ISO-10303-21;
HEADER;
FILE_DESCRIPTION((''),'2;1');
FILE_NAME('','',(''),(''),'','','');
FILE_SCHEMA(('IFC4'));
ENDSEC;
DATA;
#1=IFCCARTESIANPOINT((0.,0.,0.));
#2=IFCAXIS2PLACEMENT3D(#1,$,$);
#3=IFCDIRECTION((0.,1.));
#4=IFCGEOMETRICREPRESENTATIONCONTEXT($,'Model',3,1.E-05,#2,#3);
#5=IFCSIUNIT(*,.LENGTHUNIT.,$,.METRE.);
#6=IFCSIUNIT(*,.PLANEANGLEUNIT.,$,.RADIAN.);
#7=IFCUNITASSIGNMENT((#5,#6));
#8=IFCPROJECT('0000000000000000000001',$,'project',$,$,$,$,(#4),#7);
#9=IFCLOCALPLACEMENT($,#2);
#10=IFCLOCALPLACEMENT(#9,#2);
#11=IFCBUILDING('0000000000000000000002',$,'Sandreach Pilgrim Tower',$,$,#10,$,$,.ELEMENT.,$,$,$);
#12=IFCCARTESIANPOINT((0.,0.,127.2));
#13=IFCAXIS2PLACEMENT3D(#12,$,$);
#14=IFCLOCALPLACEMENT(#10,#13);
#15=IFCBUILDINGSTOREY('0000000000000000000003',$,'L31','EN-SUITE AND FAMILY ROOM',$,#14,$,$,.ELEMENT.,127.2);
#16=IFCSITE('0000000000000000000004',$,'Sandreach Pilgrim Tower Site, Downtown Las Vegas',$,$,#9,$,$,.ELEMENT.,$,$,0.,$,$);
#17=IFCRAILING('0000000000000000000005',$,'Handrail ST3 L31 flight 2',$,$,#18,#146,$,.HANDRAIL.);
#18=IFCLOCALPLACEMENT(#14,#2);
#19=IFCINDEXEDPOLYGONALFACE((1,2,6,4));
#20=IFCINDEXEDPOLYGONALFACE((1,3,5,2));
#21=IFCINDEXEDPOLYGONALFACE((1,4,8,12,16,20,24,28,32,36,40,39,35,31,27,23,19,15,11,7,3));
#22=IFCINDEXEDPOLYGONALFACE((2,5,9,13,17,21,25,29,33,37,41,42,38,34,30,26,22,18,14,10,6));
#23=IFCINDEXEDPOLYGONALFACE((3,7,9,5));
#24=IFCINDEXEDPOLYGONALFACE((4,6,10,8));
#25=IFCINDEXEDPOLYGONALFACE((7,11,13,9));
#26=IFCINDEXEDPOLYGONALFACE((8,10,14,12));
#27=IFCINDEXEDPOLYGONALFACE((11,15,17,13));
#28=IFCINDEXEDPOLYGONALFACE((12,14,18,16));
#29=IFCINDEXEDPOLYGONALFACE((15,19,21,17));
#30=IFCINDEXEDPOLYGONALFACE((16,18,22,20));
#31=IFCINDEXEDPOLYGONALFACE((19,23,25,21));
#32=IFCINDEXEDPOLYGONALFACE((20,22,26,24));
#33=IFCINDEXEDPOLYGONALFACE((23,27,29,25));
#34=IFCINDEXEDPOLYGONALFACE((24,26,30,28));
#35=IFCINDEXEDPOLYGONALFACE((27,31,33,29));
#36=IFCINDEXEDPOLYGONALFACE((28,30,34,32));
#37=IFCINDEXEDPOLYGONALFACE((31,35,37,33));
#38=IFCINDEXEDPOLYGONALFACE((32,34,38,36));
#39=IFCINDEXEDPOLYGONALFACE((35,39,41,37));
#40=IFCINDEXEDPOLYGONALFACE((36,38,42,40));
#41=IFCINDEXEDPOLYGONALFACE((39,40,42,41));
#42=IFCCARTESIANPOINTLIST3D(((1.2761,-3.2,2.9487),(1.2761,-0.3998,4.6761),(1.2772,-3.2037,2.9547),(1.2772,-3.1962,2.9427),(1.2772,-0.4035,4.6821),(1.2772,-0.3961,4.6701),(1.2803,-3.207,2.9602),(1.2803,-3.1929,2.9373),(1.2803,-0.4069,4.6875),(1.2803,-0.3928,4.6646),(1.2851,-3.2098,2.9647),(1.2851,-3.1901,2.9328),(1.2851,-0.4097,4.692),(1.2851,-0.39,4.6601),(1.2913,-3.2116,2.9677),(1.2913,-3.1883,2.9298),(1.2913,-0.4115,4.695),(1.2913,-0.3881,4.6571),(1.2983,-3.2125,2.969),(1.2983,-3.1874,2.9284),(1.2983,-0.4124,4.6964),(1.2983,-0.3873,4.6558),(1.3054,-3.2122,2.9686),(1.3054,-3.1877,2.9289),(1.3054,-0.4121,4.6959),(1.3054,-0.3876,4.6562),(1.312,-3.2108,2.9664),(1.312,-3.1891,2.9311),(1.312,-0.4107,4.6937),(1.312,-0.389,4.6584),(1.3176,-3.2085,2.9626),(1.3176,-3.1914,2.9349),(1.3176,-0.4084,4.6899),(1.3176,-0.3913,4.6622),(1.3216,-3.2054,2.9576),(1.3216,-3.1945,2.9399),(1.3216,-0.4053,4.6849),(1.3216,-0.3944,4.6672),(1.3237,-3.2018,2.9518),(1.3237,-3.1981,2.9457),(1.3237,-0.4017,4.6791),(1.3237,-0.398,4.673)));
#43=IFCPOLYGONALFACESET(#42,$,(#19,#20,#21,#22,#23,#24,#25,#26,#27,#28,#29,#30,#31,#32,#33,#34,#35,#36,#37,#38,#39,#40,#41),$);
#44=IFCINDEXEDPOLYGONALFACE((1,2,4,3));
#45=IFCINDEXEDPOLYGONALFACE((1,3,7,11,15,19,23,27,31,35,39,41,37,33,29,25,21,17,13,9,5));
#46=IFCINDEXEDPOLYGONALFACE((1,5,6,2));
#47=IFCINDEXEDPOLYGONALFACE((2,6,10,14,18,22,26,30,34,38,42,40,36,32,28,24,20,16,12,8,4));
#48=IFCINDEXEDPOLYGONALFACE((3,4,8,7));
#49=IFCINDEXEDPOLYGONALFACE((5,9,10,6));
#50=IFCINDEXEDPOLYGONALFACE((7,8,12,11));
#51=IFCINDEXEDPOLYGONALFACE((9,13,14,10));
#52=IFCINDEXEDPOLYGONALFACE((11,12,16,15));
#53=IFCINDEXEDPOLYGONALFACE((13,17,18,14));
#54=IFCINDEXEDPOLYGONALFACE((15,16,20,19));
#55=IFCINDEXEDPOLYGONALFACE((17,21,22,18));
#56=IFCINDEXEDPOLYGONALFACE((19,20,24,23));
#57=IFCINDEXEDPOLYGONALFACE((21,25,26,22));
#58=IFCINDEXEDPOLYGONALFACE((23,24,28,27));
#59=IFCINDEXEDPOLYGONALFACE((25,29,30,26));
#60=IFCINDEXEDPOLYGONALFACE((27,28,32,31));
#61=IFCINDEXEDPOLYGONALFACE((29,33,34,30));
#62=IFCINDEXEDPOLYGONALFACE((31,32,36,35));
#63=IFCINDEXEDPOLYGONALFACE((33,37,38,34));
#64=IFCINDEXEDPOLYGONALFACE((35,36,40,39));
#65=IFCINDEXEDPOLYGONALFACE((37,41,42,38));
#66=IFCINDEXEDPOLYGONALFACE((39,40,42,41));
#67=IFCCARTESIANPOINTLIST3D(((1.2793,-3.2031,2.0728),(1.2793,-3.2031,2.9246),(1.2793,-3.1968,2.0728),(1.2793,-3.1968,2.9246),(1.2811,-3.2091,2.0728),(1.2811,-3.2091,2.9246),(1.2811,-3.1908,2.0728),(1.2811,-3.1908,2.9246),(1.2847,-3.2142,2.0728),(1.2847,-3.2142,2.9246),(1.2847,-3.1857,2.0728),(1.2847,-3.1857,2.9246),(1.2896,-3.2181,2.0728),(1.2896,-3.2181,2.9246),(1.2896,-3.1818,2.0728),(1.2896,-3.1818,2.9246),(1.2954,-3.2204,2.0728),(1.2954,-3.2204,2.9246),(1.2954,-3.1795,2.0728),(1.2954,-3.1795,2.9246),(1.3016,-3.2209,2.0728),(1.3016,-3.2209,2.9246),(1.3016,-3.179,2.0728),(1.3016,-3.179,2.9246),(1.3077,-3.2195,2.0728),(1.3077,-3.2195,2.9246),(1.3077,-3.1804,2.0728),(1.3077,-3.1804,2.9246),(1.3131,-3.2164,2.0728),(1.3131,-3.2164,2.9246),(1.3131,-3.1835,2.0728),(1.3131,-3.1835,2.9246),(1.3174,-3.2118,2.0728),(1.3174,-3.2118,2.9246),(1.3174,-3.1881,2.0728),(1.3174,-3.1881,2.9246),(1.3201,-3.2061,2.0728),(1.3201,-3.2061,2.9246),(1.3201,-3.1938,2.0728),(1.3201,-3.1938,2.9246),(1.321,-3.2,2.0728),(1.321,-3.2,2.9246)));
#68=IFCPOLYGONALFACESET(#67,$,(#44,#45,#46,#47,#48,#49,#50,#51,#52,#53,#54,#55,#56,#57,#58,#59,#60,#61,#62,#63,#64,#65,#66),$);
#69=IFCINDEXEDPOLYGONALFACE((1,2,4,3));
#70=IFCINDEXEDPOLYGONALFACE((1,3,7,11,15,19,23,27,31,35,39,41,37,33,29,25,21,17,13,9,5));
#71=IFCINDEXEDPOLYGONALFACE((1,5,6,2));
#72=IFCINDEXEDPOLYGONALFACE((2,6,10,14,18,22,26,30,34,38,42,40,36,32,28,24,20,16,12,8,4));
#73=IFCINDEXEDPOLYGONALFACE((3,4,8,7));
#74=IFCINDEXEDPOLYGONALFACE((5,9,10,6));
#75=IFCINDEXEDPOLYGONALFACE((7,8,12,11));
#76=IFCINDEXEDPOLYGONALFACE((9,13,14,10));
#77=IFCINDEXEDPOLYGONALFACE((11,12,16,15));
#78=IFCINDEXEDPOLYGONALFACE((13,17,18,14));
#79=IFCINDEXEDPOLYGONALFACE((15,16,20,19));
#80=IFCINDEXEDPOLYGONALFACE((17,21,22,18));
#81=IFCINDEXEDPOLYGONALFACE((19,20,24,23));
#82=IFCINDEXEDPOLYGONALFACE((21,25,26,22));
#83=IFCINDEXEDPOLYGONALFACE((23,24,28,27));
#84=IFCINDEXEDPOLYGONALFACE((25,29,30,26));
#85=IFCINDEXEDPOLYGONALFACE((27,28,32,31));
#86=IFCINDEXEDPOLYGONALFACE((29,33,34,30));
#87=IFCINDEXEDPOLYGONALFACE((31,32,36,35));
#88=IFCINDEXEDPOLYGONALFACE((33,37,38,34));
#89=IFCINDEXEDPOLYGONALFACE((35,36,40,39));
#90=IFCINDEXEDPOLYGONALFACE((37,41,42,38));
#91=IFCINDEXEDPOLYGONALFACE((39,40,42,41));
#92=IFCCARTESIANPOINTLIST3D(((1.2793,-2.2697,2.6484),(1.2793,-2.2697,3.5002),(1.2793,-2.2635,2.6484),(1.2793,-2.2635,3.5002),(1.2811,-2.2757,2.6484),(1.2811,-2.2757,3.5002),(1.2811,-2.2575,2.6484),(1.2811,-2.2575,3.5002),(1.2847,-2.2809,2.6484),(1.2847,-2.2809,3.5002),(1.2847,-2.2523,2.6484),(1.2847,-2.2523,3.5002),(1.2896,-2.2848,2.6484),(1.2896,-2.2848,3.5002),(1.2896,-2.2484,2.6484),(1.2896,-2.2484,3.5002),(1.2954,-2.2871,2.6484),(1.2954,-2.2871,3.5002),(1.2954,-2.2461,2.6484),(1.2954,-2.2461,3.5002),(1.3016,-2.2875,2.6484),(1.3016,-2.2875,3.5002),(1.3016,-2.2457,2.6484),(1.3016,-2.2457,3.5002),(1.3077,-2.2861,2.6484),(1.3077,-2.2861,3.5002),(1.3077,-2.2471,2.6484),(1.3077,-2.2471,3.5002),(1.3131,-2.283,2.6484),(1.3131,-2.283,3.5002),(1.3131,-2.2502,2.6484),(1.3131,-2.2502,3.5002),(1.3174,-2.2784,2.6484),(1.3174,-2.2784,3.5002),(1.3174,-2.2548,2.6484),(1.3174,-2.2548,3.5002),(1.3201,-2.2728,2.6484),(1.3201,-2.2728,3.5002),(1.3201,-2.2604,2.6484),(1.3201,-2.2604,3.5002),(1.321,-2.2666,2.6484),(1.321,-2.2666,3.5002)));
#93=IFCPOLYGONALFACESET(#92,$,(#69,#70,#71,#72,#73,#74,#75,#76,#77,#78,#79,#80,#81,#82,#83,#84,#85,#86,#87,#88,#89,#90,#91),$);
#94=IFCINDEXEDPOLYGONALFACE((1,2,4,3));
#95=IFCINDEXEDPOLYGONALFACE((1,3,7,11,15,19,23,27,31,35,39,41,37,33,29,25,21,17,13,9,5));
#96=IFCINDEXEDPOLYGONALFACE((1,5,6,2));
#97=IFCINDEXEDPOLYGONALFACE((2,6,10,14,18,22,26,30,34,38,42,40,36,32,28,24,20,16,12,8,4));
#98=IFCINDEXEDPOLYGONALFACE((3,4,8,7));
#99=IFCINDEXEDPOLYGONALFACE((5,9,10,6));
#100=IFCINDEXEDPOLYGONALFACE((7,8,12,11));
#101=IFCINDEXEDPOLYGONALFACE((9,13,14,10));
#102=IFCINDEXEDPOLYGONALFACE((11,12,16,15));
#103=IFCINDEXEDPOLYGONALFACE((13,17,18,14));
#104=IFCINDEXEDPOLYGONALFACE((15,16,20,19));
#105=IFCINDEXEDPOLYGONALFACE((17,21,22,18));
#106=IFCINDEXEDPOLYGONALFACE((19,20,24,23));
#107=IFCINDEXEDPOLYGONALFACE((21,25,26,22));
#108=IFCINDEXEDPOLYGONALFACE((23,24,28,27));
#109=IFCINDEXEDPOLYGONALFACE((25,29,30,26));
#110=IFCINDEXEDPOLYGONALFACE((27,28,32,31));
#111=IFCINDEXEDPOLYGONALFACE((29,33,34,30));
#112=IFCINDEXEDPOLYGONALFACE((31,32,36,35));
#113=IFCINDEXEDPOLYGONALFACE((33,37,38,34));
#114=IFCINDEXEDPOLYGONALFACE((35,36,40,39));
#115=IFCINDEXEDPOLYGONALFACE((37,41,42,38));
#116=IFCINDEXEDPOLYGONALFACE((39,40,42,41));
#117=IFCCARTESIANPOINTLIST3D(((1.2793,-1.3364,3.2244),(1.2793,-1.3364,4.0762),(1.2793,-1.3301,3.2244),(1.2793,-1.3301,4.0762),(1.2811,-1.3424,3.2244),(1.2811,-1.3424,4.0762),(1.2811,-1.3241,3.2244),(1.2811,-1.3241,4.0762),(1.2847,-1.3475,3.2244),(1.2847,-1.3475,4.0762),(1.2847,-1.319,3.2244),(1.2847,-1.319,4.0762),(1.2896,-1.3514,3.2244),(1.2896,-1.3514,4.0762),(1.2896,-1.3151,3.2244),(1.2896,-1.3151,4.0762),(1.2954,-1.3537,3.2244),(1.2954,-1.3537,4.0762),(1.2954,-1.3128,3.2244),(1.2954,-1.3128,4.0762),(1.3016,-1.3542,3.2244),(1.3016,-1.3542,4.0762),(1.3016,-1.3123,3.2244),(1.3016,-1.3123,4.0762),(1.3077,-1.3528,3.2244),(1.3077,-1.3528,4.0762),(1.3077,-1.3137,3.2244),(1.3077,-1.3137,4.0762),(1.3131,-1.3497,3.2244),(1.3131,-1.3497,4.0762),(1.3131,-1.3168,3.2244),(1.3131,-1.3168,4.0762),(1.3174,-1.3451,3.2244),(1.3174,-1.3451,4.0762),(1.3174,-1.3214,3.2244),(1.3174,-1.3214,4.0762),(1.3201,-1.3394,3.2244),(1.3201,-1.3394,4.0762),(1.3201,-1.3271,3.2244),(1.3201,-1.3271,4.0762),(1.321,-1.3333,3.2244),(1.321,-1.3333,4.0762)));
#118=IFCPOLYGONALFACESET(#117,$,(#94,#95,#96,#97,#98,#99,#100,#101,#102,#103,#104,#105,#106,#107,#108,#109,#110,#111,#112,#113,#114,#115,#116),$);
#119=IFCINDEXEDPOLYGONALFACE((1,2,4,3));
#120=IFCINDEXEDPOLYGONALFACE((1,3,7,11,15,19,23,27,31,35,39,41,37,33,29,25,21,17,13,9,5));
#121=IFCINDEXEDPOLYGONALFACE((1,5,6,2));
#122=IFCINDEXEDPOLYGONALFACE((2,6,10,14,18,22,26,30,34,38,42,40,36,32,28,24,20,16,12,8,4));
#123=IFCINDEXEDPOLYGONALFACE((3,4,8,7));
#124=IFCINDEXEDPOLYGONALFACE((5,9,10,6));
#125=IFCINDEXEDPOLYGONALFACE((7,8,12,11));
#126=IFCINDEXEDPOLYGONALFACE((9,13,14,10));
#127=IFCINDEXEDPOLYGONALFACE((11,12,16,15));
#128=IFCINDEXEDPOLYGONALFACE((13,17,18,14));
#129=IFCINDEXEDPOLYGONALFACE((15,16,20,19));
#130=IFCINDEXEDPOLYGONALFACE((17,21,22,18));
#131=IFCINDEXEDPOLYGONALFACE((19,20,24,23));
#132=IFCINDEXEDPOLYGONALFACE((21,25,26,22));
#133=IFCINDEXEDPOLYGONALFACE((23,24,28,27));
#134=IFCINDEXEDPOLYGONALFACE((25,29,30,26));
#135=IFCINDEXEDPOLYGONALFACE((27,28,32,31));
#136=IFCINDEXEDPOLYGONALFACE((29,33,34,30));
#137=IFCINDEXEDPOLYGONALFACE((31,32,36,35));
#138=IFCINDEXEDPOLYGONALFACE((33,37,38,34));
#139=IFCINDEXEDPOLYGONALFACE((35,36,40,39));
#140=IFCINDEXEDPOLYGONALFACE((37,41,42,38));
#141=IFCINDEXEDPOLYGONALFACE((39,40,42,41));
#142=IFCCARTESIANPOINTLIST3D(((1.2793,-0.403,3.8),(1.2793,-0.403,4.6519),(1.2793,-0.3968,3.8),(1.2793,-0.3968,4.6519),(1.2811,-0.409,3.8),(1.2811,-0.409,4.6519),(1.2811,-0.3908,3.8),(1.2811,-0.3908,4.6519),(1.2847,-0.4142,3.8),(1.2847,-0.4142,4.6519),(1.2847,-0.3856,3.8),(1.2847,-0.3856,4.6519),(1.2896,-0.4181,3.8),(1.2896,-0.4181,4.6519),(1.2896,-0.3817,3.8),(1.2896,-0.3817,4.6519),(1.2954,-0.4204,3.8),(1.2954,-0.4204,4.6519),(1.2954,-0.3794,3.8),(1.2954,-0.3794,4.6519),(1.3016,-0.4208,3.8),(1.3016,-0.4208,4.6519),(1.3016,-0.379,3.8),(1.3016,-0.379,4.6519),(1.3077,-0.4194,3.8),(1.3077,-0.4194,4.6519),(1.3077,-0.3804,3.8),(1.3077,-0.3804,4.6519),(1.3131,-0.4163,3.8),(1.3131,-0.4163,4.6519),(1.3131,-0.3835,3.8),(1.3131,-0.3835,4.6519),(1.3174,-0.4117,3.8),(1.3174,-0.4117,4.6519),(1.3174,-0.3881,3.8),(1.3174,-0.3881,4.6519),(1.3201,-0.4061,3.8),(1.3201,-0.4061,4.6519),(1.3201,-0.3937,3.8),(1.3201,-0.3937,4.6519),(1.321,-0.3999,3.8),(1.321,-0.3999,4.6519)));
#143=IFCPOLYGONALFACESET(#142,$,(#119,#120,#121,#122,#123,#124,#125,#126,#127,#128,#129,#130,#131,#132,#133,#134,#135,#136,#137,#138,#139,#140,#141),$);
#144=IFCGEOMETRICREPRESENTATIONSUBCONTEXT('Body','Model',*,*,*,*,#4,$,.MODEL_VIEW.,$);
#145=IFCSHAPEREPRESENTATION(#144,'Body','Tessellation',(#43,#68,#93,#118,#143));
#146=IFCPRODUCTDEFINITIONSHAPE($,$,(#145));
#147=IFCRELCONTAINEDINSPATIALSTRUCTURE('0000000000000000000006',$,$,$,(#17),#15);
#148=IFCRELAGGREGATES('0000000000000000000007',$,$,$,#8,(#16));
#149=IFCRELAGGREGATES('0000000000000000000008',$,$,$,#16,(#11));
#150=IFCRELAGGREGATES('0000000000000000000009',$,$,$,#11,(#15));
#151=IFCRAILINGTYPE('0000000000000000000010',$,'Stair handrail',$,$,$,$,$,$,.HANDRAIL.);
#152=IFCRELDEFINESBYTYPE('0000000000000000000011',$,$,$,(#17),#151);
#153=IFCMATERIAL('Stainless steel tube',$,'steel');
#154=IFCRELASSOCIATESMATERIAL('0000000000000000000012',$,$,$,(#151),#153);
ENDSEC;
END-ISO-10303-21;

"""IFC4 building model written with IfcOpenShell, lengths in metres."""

from ifc_helpers import new_model, si_unit, direction, frame, origin, origin_2d, place, context, subcontext, project, spatial, circle, extrude, material, type_object, element, save


model = new_model("IFC4")

# Units and contexts
model_context = context("Model", 3, precision=1e-05, world=origin(), true_north=direction((0.0, 1.0)))
body_context = subcontext(model_context, "Body", "Model", "MODEL_VIEW")
ifc_project = project(units=[si_unit("LENGTHUNIT", "METRE"), si_unit("PLANEANGLEUNIT", "RADIAN")], contexts=[model_context])

# Site, building, storey
site_placement = place(None, origin())
site = spatial("IfcSite", under=ifc_project, at=site_placement, Name="Sandreach Pilgrim Tower Site, Downtown Las Vegas", CompositionType="ELEMENT", RefElevation=0.0)
building_placement = place(site_placement, origin())
building = spatial("IfcBuilding", under=site, at=building_placement, Name="Sandreach Pilgrim Tower", CompositionType="ELEMENT")
storey_placement = place(building_placement, frame((0.0, 0.0, 127.2)))
storey = spatial("IfcBuildingStorey", under=building, at=storey_placement, Name="L31", Description="EN-SUITE AND FAMILY ROOM", CompositionType="ELEMENT", Elevation=127.2)

# Railing
ifc_material_1 = material(Name="Stainless steel tube", Category="steel")
railing_type = type_object("IfcRailingType", Name="Stair handrail", PredefinedType="HANDRAIL", material=ifc_material_1)
for number, where, name in (
    (1, (1.3, -3.2, 2.0728), "Handrail ST3 L31 flight 2"),
):
    element("IfcRailing", number, at=place(storey_placement, frame(where)), inside=storey, type_object=railing_type, Name=name, PredefinedType="HANDRAIL", context=body_context, shape_type="SweptSolid", body=[
        extrude(circle(Radius=0.0239, at=origin_2d()), frame((0.0, 0.0, 0.876), z_axis=(0.0, 0.85109, 0.52502), x_axis=(-1.0, 0.0, 0.0)), (0.0, 0.0, 1.0), 3.29),
        extrude(circle(Radius=0.021, at=origin_2d()), origin(), (0.0, 0.0, 1.0), 0.8518),
        extrude(circle(Radius=0.021, at=origin_2d()), frame((0.0, 0.9333, 0.5757)), (0.0, 0.0, 1.0), 0.8518),
        extrude(circle(Radius=0.021, at=origin_2d()), frame((0.0, 1.8667, 1.1516)), (0.0, 0.0, 1.0), 0.8518),
        extrude(circle(Radius=0.021, at=origin_2d()), frame((0.0, 2.8, 1.7273)), (0.0, 0.0, 1.0), 0.8518),
    ])

save(model, "model.ifc")
